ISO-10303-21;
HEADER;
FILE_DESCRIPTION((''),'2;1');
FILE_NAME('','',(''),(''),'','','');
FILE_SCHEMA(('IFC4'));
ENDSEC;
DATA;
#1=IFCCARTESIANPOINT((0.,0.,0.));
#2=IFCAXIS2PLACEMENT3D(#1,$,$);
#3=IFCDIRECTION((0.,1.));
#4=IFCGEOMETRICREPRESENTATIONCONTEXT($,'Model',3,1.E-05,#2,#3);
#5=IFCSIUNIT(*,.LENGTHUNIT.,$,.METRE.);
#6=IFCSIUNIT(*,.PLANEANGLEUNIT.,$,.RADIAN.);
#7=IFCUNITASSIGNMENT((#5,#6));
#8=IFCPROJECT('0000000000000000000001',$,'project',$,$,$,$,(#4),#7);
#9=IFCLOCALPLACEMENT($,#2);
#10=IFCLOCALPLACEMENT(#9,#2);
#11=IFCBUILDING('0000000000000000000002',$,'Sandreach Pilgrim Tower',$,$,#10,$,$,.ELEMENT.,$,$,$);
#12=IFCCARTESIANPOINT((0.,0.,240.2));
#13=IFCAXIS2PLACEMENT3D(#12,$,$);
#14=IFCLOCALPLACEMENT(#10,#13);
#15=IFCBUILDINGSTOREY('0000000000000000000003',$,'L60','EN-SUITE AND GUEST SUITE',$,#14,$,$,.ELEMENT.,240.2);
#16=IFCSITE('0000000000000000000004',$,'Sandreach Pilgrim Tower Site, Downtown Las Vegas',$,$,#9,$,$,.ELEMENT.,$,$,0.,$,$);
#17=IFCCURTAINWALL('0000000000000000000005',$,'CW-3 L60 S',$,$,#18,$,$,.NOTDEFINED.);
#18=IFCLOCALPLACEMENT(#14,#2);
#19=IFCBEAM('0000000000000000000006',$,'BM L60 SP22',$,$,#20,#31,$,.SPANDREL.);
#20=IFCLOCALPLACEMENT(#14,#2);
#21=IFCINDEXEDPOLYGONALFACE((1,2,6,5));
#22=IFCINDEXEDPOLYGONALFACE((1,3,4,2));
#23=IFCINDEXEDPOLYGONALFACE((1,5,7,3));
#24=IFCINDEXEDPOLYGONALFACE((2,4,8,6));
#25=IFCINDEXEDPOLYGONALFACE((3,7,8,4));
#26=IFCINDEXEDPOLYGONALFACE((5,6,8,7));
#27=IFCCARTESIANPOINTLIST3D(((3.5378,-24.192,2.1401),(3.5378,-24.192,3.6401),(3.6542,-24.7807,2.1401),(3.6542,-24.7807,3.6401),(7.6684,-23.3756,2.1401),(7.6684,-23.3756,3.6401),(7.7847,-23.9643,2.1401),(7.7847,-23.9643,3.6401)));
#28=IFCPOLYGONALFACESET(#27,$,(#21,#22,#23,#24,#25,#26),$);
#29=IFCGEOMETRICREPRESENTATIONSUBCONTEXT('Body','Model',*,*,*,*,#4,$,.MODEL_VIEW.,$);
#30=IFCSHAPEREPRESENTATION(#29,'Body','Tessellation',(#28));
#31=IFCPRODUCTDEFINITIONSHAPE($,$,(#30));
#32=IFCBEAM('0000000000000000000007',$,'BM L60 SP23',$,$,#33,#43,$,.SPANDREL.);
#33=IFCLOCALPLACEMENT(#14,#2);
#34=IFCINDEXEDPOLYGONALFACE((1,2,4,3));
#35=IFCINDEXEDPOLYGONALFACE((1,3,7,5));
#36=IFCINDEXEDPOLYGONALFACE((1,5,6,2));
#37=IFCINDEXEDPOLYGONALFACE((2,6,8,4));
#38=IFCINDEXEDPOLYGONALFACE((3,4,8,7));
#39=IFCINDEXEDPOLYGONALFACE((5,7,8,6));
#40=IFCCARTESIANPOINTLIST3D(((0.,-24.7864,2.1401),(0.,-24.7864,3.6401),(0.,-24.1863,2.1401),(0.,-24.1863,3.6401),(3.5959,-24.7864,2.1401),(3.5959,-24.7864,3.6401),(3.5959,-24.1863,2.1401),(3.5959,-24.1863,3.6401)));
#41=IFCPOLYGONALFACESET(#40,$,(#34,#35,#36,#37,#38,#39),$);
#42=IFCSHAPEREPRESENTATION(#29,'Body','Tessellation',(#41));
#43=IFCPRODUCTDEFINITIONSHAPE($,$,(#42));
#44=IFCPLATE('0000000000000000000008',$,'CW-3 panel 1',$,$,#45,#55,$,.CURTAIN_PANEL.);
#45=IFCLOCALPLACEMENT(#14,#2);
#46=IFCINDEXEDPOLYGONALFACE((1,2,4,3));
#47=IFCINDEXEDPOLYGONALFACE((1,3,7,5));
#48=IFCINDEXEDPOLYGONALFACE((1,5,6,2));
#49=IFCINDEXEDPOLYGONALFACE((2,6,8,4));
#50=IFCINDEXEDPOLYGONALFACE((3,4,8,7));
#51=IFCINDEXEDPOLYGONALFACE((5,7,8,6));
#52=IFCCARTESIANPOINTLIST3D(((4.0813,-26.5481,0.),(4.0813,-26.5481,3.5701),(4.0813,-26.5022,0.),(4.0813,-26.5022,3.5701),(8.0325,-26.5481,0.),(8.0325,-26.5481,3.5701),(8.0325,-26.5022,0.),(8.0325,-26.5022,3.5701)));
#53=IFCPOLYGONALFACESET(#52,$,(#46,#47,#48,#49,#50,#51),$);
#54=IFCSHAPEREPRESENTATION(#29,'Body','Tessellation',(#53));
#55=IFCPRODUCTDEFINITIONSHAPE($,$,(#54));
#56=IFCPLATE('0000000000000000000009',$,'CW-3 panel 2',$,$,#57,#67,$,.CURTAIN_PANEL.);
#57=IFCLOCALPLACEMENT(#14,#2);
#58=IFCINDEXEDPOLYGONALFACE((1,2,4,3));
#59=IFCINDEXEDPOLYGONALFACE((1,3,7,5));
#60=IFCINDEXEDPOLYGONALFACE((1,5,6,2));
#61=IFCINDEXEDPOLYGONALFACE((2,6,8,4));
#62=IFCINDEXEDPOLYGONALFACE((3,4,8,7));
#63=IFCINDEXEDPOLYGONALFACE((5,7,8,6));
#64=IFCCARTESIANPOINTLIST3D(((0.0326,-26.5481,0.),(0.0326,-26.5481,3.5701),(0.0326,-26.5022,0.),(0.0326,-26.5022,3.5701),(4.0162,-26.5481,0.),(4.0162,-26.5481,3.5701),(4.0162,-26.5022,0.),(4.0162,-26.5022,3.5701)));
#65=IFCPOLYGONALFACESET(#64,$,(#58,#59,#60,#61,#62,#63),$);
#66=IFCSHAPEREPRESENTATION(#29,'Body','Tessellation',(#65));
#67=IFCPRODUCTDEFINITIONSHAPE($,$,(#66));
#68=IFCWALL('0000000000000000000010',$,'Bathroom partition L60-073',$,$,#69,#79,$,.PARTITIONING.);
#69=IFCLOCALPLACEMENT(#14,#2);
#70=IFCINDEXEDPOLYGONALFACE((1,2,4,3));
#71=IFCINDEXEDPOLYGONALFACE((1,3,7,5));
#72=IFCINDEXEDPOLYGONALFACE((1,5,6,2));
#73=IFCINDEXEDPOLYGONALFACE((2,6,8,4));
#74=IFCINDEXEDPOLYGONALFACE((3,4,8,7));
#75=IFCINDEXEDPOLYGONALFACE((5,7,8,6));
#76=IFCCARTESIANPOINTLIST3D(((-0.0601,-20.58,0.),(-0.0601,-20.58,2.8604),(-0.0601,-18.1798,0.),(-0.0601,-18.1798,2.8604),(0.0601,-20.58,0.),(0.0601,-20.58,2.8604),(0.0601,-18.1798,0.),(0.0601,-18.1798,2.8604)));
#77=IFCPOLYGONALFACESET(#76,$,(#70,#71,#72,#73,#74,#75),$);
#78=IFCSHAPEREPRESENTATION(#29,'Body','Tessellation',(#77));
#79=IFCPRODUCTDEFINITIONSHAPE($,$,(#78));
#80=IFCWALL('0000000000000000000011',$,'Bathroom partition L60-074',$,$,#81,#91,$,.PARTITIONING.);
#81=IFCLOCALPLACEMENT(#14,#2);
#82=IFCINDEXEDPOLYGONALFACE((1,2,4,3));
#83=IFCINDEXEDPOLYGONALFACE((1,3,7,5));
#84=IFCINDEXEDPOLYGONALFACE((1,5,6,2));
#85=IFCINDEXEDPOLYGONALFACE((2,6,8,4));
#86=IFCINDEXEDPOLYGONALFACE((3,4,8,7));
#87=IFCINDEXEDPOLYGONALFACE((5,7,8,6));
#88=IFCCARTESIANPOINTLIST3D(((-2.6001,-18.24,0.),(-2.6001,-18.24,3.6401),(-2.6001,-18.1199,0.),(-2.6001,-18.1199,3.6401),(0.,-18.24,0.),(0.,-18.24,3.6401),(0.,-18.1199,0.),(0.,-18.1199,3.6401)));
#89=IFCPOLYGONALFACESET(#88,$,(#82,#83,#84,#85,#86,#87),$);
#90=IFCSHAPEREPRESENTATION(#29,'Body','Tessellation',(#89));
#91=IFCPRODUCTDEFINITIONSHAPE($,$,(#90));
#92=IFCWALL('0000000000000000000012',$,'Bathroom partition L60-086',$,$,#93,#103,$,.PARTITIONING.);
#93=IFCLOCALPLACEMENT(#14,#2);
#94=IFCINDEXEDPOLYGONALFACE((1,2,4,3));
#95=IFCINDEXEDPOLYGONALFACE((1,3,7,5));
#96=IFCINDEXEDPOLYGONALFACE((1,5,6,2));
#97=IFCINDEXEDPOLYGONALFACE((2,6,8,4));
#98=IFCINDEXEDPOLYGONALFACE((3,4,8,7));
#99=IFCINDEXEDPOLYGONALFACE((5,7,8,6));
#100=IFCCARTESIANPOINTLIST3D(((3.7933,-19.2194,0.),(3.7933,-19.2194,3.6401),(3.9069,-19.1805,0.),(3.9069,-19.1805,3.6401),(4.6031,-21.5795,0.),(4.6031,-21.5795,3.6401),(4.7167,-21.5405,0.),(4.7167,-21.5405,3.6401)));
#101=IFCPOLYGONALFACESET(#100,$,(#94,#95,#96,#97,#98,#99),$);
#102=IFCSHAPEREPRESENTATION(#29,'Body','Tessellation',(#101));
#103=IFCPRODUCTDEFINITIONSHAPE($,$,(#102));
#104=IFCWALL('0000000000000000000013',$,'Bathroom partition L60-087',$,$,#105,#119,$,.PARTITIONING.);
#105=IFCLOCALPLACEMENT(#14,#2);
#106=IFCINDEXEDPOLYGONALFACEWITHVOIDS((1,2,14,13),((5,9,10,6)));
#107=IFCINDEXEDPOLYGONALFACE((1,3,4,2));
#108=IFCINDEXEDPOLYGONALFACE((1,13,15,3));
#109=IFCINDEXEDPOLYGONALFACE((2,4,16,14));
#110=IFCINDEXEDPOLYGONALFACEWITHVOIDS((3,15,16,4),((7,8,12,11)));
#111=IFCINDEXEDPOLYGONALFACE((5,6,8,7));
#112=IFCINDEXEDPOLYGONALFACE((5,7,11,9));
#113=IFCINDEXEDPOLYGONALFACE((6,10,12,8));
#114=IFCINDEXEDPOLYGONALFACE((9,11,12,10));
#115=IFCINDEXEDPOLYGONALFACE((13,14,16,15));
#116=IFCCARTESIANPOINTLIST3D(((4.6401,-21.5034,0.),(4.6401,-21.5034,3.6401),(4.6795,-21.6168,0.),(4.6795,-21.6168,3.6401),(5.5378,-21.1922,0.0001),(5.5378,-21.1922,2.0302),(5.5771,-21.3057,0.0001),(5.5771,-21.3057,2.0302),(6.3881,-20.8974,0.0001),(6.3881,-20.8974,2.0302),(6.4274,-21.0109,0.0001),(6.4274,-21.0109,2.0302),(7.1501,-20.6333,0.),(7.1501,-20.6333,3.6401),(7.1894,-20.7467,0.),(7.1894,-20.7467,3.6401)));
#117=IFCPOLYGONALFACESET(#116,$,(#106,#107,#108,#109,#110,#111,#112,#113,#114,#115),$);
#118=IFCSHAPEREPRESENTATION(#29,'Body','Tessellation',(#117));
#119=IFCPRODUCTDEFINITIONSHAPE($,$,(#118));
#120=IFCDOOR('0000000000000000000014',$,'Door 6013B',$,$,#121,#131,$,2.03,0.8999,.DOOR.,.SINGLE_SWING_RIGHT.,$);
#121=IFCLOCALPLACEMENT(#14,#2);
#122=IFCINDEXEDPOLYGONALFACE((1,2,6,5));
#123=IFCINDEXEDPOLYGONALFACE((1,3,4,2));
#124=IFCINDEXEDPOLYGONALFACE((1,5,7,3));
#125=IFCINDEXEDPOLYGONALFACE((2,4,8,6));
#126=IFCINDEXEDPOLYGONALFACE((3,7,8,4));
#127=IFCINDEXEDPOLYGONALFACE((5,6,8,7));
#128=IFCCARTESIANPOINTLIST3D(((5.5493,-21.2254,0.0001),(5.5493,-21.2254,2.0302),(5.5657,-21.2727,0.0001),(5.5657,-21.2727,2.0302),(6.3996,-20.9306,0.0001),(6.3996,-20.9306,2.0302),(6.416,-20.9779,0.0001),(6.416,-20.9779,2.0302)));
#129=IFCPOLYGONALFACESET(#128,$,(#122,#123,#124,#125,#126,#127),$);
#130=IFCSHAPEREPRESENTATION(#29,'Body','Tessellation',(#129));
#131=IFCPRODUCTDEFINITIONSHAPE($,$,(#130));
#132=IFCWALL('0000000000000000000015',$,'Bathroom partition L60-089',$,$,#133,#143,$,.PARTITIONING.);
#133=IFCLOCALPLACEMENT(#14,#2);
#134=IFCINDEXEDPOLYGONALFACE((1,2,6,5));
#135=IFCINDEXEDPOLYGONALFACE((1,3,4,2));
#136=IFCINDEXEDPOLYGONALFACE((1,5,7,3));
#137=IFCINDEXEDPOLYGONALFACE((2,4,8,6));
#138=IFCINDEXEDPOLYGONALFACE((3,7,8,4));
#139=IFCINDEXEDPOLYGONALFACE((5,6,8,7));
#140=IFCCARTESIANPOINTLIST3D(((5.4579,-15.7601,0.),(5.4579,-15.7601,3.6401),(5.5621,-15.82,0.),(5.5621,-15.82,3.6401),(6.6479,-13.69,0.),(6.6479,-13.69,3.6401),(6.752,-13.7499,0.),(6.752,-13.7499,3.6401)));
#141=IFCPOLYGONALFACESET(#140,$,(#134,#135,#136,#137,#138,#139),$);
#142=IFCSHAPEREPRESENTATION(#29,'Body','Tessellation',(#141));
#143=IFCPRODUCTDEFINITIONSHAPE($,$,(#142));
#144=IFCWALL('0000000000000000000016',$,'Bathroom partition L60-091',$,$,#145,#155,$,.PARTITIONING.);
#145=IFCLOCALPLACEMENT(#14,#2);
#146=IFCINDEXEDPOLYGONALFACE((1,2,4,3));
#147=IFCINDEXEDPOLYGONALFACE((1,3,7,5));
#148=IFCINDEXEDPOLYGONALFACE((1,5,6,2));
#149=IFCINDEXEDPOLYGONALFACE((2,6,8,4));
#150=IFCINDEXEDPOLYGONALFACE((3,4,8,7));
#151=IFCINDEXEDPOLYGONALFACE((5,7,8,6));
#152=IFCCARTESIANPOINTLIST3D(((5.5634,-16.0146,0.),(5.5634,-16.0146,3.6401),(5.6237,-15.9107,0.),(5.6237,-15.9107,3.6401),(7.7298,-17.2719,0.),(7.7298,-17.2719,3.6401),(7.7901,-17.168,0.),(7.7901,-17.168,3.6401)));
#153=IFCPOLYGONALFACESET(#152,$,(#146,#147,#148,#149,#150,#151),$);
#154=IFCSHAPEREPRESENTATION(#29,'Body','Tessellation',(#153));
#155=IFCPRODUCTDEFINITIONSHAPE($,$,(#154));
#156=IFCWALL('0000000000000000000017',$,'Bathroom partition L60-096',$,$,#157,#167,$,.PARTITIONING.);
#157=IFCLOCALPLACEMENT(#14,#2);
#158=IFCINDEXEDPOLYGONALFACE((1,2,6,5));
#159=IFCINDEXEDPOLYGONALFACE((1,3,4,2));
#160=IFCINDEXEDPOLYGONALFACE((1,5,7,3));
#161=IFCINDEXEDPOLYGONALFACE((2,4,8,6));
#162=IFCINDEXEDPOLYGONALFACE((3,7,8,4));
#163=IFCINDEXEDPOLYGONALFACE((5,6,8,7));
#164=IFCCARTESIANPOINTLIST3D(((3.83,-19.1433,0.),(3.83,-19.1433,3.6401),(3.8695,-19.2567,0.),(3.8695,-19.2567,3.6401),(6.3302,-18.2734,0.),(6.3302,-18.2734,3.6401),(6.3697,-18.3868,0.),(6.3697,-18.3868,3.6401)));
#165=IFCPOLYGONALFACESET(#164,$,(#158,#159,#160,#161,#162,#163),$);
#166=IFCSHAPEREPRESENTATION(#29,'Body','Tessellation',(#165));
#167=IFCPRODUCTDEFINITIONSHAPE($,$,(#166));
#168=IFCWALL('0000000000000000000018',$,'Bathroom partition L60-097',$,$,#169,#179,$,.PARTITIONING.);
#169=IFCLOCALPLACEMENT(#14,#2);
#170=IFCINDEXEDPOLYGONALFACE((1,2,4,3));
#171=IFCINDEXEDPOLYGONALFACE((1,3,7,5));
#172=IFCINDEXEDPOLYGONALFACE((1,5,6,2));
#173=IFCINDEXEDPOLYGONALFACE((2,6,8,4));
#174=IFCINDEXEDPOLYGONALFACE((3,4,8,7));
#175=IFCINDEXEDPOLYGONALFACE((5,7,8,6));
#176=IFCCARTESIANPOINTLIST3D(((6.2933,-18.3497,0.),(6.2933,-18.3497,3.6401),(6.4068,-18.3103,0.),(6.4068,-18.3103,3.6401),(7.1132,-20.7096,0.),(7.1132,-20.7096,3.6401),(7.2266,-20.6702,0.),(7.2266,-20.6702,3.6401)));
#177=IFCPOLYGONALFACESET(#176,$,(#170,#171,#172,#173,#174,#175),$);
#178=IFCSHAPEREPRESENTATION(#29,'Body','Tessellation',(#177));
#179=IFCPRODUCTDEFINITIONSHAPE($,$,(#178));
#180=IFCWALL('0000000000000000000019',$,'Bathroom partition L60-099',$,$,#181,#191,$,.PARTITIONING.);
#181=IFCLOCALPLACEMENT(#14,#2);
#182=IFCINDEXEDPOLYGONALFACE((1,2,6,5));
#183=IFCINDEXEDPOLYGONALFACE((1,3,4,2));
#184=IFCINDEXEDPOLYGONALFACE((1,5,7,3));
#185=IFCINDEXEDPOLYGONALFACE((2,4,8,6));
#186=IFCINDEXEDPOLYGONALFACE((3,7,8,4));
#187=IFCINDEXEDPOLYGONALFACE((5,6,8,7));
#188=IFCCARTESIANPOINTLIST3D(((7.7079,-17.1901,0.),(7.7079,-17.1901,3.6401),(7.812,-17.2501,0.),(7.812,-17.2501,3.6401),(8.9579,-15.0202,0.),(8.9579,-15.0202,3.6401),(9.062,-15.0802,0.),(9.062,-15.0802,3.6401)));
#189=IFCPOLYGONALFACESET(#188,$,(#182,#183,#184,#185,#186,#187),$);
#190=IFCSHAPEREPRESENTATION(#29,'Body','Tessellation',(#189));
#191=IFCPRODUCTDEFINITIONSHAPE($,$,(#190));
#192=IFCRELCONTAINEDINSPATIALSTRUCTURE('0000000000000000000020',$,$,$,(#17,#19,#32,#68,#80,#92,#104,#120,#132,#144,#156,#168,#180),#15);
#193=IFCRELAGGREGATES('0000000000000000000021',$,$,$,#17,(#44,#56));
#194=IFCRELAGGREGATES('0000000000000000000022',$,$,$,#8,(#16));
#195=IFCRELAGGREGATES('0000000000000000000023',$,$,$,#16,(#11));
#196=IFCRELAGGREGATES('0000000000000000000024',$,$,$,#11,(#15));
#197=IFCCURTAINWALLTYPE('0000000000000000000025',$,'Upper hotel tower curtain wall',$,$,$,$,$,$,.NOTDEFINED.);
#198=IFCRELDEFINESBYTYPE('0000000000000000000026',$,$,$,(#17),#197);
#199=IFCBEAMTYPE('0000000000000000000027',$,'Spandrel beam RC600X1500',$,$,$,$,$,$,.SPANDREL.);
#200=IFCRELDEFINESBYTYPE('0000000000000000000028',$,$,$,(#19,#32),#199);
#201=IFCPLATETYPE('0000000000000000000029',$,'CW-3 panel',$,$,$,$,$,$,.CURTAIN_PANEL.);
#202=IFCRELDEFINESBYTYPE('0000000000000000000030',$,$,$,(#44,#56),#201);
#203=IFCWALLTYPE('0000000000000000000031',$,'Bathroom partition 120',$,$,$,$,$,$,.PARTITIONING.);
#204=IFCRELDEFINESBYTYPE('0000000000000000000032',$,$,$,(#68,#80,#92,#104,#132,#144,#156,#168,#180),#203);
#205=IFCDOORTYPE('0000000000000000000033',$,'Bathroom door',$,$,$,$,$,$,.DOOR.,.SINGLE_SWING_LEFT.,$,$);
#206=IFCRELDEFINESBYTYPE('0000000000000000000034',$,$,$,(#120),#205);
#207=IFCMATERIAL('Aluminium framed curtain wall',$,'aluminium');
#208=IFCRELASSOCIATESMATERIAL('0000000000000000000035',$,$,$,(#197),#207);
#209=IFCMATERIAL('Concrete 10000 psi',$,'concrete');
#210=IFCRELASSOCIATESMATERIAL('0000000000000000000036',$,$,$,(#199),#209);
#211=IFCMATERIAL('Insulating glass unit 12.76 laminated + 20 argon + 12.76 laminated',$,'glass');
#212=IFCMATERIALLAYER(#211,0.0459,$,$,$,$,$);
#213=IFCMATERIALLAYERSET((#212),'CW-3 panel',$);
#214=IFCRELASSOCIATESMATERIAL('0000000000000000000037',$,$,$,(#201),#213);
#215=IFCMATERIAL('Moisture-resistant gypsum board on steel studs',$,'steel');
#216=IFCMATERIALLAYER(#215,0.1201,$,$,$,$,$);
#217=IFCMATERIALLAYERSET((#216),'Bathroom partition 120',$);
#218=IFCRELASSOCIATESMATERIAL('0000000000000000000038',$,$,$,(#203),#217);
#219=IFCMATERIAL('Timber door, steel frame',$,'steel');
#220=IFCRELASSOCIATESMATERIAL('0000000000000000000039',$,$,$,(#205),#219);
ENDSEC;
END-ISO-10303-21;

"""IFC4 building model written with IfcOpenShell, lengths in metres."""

from ifc_helpers import new_model, si_unit, direction, frame, frame_2d, origin, origin_2d, place, context, subcontext, project, spatial, rectangle, extrude, material, layer, layer_set, material_profile, profile_set, type_object, element, fill, aggregate, save


model = new_model("IFC4")

# Units and contexts
model_context = context("Model", 3, precision=1e-05, world=origin(), true_north=direction((0.0, 1.0)))
body_context = subcontext(model_context, "Body", "Model", "MODEL_VIEW")
ifc_project = project(units=[si_unit("LENGTHUNIT", "METRE"), si_unit("PLANEANGLEUNIT", "RADIAN")], contexts=[model_context])

# Site, building, storey
site_placement = place(None, origin())
site = spatial("IfcSite", under=ifc_project, at=site_placement, Name="Sandreach Pilgrim Tower Site, Downtown Las Vegas", CompositionType="ELEMENT", RefElevation=0.0)
building_placement = place(site_placement, origin())
building = spatial("IfcBuilding", under=site, at=building_placement, Name="Sandreach Pilgrim Tower", CompositionType="ELEMENT")
storey_placement = place(building_placement, frame((0.0, 0.0, 240.2)))
storey = spatial("IfcBuildingStorey", under=building, at=storey_placement, Name="L60", Description="EN-SUITE AND GUEST SUITE", CompositionType="ELEMENT", Elevation=240.2)

# Curtain wall
ifc_material_1 = material(Name="Aluminium framed curtain wall", Category="aluminium")
curtain_wall_type = type_object("IfcCurtainWallType", Name="Upper hotel tower curtain wall", PredefinedType="NOTDEFINED", material=ifc_material_1)
curtain_wall_placement = place(storey_placement, origin())
curtain_wall = element("IfcCurtainWall", 1, at=curtain_wall_placement, inside=storey, type_object=curtain_wall_type, Name="CW-3 L60 S", PredefinedType="NOTDEFINED")

# Beams
ifc_material_2 = material(Name="Concrete 10000 psi", Category="concrete")
ifc_material_profile_1 = material_profile(ifc_material_2, rectangle(XDim=0.6001, YDim=1.5, at=origin_2d()), Name="RC600X1500")
ifc_profile_set_1 = profile_set([ifc_material_profile_1], Name="Concrete 10000 psi")
beam_type_1 = type_object("IfcBeamType", Name="Spandrel beam RC600X1500", PredefinedType="SPANDREL", material=ifc_profile_set_1)
beam_1_placement = place(storey_placement, frame((7.7266, -23.6699, 2.8901), z_axis=(-0.981022, -0.193897, 0.0), x_axis=(0.193897, -0.981022, 0.0)))
element("IfcBeam", 2, at=beam_1_placement, inside=storey, type_object=beam_type_1, Name="BM L60 SP22", PredefinedType="SPANDREL", context=body_context, shape_type="SweptSolid", body=[
    extrude(rectangle(XDim=0.6001, YDim=1.5, at=origin_2d()), origin(), (0.0, 0.0, 1.0), 4.2104),
])
beam_2_placement = place(storey_placement, frame((3.5959, -24.4863, 2.8901), z_axis=(-1.0, 0.0, 0.0), x_axis=(0.0, -1.0, 0.0)))
element("IfcBeam", 3, at=beam_2_placement, inside=storey, type_object=beam_type_1, Name="BM L60 SP23", PredefinedType="SPANDREL", context=body_context, shape_type="SweptSolid", body=[
    extrude(rectangle(XDim=0.6001, YDim=1.5, at=origin_2d()), origin(), (0.0, 0.0, 1.0), 3.5959),
])

# Plates
ifc_material_3 = material(Name="Insulating glass unit 12.76 laminated + 20 argon + 12.76 laminated", Category="glass")
ifc_layer_1 = layer(ifc_material_3, 0.0459)
ifc_layer_set_1 = layer_set([ifc_layer_1], Name="CW-3 panel")
plate_type = type_object("IfcPlateType", Name="CW-3 panel", PredefinedType="CURTAIN_PANEL", material=ifc_layer_set_1)
plate_1_placement = place(storey_placement, frame((6.0569, -26.5251, 0.0), z_axis=(0.0, 0.0, 1.0), x_axis=(-1.0, 0.0, 0.0)))
plate_1 = element("IfcPlate", 4, at=plate_1_placement, type_object=plate_type, Name="CW-3 panel 1", PredefinedType="CURTAIN_PANEL", context=body_context, shape_type="SweptSolid", body=[
    extrude(rectangle(XDim=3.9512, YDim=0.0459, at=origin_2d()), origin(), (0.0, 0.0, 1.0), 3.5701),
])
plate_2_placement = place(storey_placement, frame((2.0244, -26.5251, 0.0), z_axis=(0.0, 0.0, 1.0), x_axis=(-1.0, 0.0, 0.0)))
plate_2 = element("IfcPlate", 5, at=plate_2_placement, type_object=plate_type, Name="CW-3 panel 2", PredefinedType="CURTAIN_PANEL", context=body_context, shape_type="SweptSolid", body=[
    extrude(rectangle(XDim=3.9836, YDim=0.0459, at=origin_2d()), origin(), (0.0, 0.0, 1.0), 3.5701),
])
aggregate(curtain_wall, [plate_1, plate_2])

# Walls
ifc_material_4 = material(Name="Moisture-resistant gypsum board on steel studs", Category="steel")
ifc_layer_2 = layer(ifc_material_4, 0.1201)
ifc_layer_set_2 = layer_set([ifc_layer_2], Name="Bathroom partition 120")
wall_type_1 = type_object("IfcWallType", Name="Bathroom partition 120", PredefinedType="PARTITIONING", material=ifc_layer_set_2)
wall_1_placement = place(storey_placement, frame((0.0, -20.5801, 0.0), z_axis=(0.0, 0.0, 1.0), x_axis=(0.0, 1.0, 0.0)))
element("IfcWall", 6, at=wall_1_placement, inside=storey, type_object=wall_type_1, Name="Bathroom partition L60-073", PredefinedType="PARTITIONING", context=body_context, shape_type="SweptSolid", body=[
    extrude(rectangle(XDim=2.4001, YDim=0.1201, at=frame_2d((1.2002, 0.0))), origin(), (0.0, 0.0, 1.0), 2.8604),
])
wall_2_placement = place(storey_placement, frame((0.0, -18.1799, 0.0), z_axis=(0.0, 0.0, 1.0), x_axis=(-1.0, 0.0, 0.0)))
element("IfcWall", 7, at=wall_2_placement, inside=storey, type_object=wall_type_1, Name="Bathroom partition L60-074", PredefinedType="PARTITIONING", context=body_context, shape_type="SweptSolid", body=[
    extrude(rectangle(XDim=2.6001, YDim=0.1201, at=frame_2d((1.3, 0.0))), origin(), (0.0, 0.0, 1.0), 3.6401),
])
wall_3_placement = place(storey_placement, frame((3.8501, -19.2, 0.0), z_axis=(0.0, 0.0, 1.0), x_axis=(0.324552, -0.945868, 0.0)))
element("IfcWall", 8, at=wall_3_placement, inside=storey, type_object=wall_type_1, Name="Bathroom partition L60-086", PredefinedType="PARTITIONING", context=body_context, shape_type="SweptSolid", body=[
    extrude(rectangle(XDim=2.4951, YDim=0.1201, at=frame_2d((1.2476, 0.0))), origin(), (0.0, 0.0, 1.0), 3.6401),
])

# Wall, opening, door
wall_4_placement = place(storey_placement, frame((4.6599, -21.5601, 0.0), z_axis=(0.0, 0.0, 1.0), x_axis=(0.944838, 0.327537, 0.0)))
wall_4 = element("IfcWall", 9, at=wall_4_placement, inside=storey, type_object=wall_type_1, Name="Bathroom partition L60-087", PredefinedType="PARTITIONING", context=body_context, shape_type="SweptSolid", body=[
    extrude(rectangle(XDim=2.6565, YDim=0.1201, at=frame_2d((1.3281, 0.0))), origin(), (0.0, 0.0, 1.0), 3.6401),
])
opening_1_placement = place(wall_4_placement, frame((0.95, 0.0, 0.0)))
opening_1 = element("IfcOpeningElement", 10, at=opening_1_placement, cuts=wall_4, PredefinedType="OPENING", context=body_context, shape_type="SweptSolid", body=[
    extrude(rectangle(XDim=0.8999, YDim=2.03, at=frame_2d((0.45, 1.0151))), frame((0.0, 0.0601, 0.0), z_axis=(0.0, -1.0, 0.0), x_axis=(1.0, 0.0, 0.0)), (0.0, 0.0, 1.0), 0.1201),
])
ifc_material_5 = material(Name="Timber door, steel frame", Category="steel")
door_type_1 = type_object("IfcDoorType", Name="Bathroom door", OperationType="SINGLE_SWING_LEFT", PredefinedType="DOOR", material=ifc_material_5)
door_1_placement = place(opening_1_placement, origin())
door_1 = element("IfcDoor", 11, at=door_1_placement, inside=storey, type_object=door_type_1, Name="Door 6013B", OperationType="SINGLE_SWING_RIGHT", OverallHeight=2.03, OverallWidth=0.8999, PredefinedType="DOOR", context=body_context, shape_type="SweptSolid", body=[
    extrude(rectangle(XDim=0.8999, YDim=2.03, at=frame_2d((0.45, 1.0151))), frame((0.0, 0.0249, 0.0), z_axis=(0.0, -1.0, 0.0), x_axis=(1.0, 0.0, 0.0)), (0.0, 0.0, 1.0), 0.05),
])
fill(opening_1, door_1)

# Walls
wall_5_placement = place(storey_placement, frame((5.51, -15.79, 0.0), z_axis=(0.0, 0.0, 1.0), x_axis=(0.498362, 0.866969, 0.0)))
element("IfcWall", 12, at=wall_5_placement, inside=storey, type_object=wall_type_1, Name="Bathroom partition L60-089", PredefinedType="PARTITIONING", context=body_context, shape_type="SweptSolid", body=[
    extrude(rectangle(XDim=2.3877, YDim=0.1201, at=frame_2d((1.1938, 0.0))), origin(), (0.0, 0.0, 1.0), 3.6401),
])
wall_6_placement = place(storey_placement, frame((5.5935, -15.9626, 0.0), z_axis=(0.0, 0.0, 1.0), x_axis=(0.864901, -0.501943, 0.0)))
element("IfcWall", 13, at=wall_6_placement, inside=storey, type_object=wall_type_1, Name="Bathroom partition L60-091", PredefinedType="PARTITIONING", context=body_context, shape_type="SweptSolid", body=[
    extrude(rectangle(XDim=2.5049, YDim=0.1201, at=frame_2d((1.2524, 0.0))), origin(), (0.0, 0.0, 1.0), 3.6401),
])
wall_7_placement = place(storey_placement, frame((6.3501, -18.3301, 0.0), z_axis=(0.0, 0.0, 1.0), x_axis=(-0.944471, -0.328596, 0.0)))
element("IfcWall", 14, at=wall_7_placement, inside=storey, type_object=wall_type_1, Name="Bathroom partition L60-096", PredefinedType="PARTITIONING", context=body_context, shape_type="SweptSolid", body=[
    extrude(rectangle(XDim=2.6472, YDim=0.1201, at=frame_2d((1.3237, 0.0))), origin(), (0.0, 0.0, 1.0), 3.6401),
])
wall_8_placement = place(storey_placement, frame((6.3501, -18.3301, 0.0), z_axis=(0.0, 0.0, 1.0), x_axis=(0.328164, -0.944621, 0.0)))
element("IfcWall", 15, at=wall_8_placement, inside=storey, type_object=wall_type_1, Name="Bathroom partition L60-097", PredefinedType="PARTITIONING", context=body_context, shape_type="SweptSolid", body=[
    extrude(rectangle(XDim=2.4983, YDim=0.1201, at=frame_2d((1.249, 0.0))), origin(), (0.0, 0.0, 1.0), 3.6401),
])
wall_9_placement = place(storey_placement, frame((7.76, -17.22, 0.0), z_axis=(0.0, 0.0, 1.0), x_axis=(0.49916, 0.86651, 0.0)))
element("IfcWall", 16, at=wall_9_placement, inside=storey, type_object=wall_type_1, Name="Bathroom partition L60-099", PredefinedType="PARTITIONING", context=body_context, shape_type="SweptSolid", body=[
    extrude(rectangle(XDim=2.5042, YDim=0.1201, at=frame_2d((1.252, 0.0))), origin(), (0.0, 0.0, 1.0), 3.6401),
])

save(model, "model.ifc")
